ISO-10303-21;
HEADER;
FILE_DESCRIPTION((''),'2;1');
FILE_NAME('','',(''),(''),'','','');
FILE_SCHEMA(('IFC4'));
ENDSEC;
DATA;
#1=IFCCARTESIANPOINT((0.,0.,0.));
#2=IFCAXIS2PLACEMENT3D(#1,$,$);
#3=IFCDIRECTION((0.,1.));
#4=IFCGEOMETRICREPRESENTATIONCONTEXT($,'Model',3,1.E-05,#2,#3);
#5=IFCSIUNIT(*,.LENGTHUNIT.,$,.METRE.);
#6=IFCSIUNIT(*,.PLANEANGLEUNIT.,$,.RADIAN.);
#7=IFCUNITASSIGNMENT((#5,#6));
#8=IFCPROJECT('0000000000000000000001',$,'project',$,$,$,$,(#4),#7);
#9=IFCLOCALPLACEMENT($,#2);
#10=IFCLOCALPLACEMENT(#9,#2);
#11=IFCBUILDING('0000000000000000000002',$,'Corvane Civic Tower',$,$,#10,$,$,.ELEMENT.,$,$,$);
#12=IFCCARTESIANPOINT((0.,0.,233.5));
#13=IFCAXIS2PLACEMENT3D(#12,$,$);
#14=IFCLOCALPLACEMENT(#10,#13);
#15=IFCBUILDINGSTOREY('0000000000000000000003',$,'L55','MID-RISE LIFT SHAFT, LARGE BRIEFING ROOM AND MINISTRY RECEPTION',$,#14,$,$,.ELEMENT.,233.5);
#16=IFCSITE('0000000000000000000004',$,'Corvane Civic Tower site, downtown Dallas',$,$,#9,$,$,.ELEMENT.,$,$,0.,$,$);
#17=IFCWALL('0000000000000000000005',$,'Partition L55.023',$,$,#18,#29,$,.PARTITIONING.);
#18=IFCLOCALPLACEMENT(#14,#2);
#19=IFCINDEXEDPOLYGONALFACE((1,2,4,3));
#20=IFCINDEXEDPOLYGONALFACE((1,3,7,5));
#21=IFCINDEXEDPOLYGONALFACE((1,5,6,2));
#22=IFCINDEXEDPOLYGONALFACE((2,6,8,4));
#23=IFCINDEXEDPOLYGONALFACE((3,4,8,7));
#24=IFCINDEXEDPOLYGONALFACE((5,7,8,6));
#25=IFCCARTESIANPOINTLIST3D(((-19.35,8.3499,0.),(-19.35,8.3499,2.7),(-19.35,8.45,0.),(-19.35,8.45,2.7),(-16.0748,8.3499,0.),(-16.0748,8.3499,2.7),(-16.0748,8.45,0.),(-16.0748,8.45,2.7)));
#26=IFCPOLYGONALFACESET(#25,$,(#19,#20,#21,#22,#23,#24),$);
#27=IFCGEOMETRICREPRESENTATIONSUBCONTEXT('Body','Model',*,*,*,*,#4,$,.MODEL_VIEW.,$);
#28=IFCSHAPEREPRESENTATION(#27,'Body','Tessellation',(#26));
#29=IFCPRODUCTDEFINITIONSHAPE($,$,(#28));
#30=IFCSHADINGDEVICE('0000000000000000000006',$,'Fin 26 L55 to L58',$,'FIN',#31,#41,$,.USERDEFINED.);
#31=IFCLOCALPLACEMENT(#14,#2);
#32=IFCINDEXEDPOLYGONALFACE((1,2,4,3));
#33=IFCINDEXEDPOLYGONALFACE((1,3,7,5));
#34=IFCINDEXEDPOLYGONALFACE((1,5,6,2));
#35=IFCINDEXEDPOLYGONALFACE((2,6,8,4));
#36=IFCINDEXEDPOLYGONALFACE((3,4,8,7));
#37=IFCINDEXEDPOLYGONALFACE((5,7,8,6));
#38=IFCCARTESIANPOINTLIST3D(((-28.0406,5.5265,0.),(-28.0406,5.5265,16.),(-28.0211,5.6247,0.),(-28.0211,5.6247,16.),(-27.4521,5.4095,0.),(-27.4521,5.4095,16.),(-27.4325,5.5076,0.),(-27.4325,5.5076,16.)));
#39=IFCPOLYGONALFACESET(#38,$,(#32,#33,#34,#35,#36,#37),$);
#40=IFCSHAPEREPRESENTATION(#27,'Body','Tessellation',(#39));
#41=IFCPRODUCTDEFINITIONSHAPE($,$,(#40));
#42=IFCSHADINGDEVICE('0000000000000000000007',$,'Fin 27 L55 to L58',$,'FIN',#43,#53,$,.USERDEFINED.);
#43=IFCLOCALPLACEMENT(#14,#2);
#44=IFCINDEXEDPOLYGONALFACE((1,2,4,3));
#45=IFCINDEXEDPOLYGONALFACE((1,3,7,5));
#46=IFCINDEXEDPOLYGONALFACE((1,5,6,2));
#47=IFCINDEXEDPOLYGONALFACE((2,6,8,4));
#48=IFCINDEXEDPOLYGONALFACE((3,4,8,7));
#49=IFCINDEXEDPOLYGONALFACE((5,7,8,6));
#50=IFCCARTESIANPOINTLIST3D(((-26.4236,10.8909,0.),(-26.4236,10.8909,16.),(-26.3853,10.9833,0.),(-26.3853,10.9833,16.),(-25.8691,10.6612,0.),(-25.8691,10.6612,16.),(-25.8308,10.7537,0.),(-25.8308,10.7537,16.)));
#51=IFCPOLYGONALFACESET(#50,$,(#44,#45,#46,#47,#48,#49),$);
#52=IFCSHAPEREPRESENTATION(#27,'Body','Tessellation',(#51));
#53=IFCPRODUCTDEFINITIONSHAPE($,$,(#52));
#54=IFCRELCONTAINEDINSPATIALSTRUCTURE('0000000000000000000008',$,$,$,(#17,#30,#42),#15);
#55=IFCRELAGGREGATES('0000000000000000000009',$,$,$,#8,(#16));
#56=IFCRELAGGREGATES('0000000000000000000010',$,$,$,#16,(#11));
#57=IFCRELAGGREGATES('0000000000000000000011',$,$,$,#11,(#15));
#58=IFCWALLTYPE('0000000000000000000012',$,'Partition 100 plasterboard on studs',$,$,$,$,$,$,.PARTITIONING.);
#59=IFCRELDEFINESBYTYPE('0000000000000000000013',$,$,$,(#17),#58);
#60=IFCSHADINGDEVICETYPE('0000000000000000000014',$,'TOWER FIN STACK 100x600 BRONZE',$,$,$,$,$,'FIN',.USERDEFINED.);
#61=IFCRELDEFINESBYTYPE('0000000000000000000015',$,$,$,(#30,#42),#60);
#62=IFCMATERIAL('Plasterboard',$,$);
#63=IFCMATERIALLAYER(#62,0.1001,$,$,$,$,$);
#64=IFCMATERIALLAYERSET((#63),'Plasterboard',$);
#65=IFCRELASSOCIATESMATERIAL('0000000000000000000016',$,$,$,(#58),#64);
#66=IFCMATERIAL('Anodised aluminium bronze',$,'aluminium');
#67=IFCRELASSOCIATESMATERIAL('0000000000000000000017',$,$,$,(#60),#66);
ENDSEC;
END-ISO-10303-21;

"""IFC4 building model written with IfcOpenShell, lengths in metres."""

from ifc_helpers import new_model, si_unit, direction, frame, frame_2d, origin, origin_2d, place, context, subcontext, project, spatial, rectangle, extrude, material, layer, layer_set, material_profile, profile_set, type_object, element, save


model = new_model("IFC4")

# Units and contexts
model_context = context("Model", 3, precision=1e-05, world=origin(), true_north=direction((0.0, 1.0)))
body_context = subcontext(model_context, "Body", "Model", "MODEL_VIEW")
ifc_project = project(units=[si_unit("LENGTHUNIT", "METRE"), si_unit("PLANEANGLEUNIT", "RADIAN")], contexts=[model_context])

# Site, building, storey
site_placement = place(None, origin())
site = spatial("IfcSite", under=ifc_project, at=site_placement, Name="Corvane Civic Tower site, downtown Dallas", CompositionType="ELEMENT", RefElevation=0.0)
building_placement = place(site_placement, origin())
building = spatial("IfcBuilding", under=site, at=building_placement, Name="Corvane Civic Tower", CompositionType="ELEMENT")
storey_placement = place(building_placement, frame((0.0, 0.0, 233.5)))
storey = spatial("IfcBuildingStorey", under=building, at=storey_placement, Name="L55", Description="MID-RISE LIFT SHAFT, LARGE BRIEFING ROOM AND MINISTRY RECEPTION", CompositionType="ELEMENT", Elevation=233.5)

# Shared definitions
ifc_material_1 = material(Name="Plasterboard")
ifc_layer_1 = layer(ifc_material_1, 0.1001)
ifc_layer_set_1 = layer_set([ifc_layer_1], Name="Plasterboard")
wall_type = type_object("IfcWallType", Name="Partition 100 plasterboard on studs", PredefinedType="PARTITIONING", material=ifc_layer_set_1)

# Wall
for number, where, z_axis, x_axis, name in (
    (1, (-19.3501, 8.3999, 0.0), (0.0, 0.0, 1.0), (1.0, 0.0, 0.0), "Partition L55.023"),
):
    element("IfcWall", number, at=place(storey_placement, frame(where, z_axis=z_axis, x_axis=x_axis)), inside=storey, type_object=wall_type, Name=name, PredefinedType="PARTITIONING", context=body_context, shape_type="SweptSolid", body=[
        extrude(rectangle(XDim=3.2751, YDim=0.1001, at=frame_2d((1.6377, 0.0))), origin(), (0.0, 0.0, 1.0), 2.7),
    ])

# Shading devices
ifc_material_2 = material(Name="Anodised aluminium bronze", Category="aluminium")
ifc_material_profile_1 = material_profile(ifc_material_2, rectangle(XDim=0.1001, YDim=0.6001, at=origin_2d()), Name="TOWER FIN STACK 100x600 BRONZE")
ifc_profile_set_1 = profile_set([ifc_material_profile_1], Name="Anodised aluminium bronze")
shading_device_type = type_object("IfcShadingDeviceType", Name="TOWER FIN STACK 100x600 BRONZE", ElementType="FIN", PredefinedType="USERDEFINED", material=ifc_profile_set_1)
for number, where, z_axis, x_axis, name in (
    (2, (-27.7366, 5.5171, 0.0), (0.0, 0.0, 1.0), (0.19509, 0.980785, 0.0), "Fin 26 L55 to L58"),
    (3, (-26.1272, 10.8223, 0.0), (0.0, 0.0, 1.0), (0.382683, 0.92388, 0.0), "Fin 27 L55 to L58"),
):
    element("IfcShadingDevice", number, at=place(storey_placement, frame(where, z_axis=z_axis, x_axis=x_axis)), inside=storey, type_object=shading_device_type, Name=name, ObjectType="FIN", PredefinedType="USERDEFINED", context=body_context, shape_type="SweptSolid", body=[
        extrude(rectangle(XDim=0.1001, YDim=0.6001, at=origin_2d()), origin(), (0.0, 0.0, 1.0), 16.0),
    ])

save(model, "model.ifc")
